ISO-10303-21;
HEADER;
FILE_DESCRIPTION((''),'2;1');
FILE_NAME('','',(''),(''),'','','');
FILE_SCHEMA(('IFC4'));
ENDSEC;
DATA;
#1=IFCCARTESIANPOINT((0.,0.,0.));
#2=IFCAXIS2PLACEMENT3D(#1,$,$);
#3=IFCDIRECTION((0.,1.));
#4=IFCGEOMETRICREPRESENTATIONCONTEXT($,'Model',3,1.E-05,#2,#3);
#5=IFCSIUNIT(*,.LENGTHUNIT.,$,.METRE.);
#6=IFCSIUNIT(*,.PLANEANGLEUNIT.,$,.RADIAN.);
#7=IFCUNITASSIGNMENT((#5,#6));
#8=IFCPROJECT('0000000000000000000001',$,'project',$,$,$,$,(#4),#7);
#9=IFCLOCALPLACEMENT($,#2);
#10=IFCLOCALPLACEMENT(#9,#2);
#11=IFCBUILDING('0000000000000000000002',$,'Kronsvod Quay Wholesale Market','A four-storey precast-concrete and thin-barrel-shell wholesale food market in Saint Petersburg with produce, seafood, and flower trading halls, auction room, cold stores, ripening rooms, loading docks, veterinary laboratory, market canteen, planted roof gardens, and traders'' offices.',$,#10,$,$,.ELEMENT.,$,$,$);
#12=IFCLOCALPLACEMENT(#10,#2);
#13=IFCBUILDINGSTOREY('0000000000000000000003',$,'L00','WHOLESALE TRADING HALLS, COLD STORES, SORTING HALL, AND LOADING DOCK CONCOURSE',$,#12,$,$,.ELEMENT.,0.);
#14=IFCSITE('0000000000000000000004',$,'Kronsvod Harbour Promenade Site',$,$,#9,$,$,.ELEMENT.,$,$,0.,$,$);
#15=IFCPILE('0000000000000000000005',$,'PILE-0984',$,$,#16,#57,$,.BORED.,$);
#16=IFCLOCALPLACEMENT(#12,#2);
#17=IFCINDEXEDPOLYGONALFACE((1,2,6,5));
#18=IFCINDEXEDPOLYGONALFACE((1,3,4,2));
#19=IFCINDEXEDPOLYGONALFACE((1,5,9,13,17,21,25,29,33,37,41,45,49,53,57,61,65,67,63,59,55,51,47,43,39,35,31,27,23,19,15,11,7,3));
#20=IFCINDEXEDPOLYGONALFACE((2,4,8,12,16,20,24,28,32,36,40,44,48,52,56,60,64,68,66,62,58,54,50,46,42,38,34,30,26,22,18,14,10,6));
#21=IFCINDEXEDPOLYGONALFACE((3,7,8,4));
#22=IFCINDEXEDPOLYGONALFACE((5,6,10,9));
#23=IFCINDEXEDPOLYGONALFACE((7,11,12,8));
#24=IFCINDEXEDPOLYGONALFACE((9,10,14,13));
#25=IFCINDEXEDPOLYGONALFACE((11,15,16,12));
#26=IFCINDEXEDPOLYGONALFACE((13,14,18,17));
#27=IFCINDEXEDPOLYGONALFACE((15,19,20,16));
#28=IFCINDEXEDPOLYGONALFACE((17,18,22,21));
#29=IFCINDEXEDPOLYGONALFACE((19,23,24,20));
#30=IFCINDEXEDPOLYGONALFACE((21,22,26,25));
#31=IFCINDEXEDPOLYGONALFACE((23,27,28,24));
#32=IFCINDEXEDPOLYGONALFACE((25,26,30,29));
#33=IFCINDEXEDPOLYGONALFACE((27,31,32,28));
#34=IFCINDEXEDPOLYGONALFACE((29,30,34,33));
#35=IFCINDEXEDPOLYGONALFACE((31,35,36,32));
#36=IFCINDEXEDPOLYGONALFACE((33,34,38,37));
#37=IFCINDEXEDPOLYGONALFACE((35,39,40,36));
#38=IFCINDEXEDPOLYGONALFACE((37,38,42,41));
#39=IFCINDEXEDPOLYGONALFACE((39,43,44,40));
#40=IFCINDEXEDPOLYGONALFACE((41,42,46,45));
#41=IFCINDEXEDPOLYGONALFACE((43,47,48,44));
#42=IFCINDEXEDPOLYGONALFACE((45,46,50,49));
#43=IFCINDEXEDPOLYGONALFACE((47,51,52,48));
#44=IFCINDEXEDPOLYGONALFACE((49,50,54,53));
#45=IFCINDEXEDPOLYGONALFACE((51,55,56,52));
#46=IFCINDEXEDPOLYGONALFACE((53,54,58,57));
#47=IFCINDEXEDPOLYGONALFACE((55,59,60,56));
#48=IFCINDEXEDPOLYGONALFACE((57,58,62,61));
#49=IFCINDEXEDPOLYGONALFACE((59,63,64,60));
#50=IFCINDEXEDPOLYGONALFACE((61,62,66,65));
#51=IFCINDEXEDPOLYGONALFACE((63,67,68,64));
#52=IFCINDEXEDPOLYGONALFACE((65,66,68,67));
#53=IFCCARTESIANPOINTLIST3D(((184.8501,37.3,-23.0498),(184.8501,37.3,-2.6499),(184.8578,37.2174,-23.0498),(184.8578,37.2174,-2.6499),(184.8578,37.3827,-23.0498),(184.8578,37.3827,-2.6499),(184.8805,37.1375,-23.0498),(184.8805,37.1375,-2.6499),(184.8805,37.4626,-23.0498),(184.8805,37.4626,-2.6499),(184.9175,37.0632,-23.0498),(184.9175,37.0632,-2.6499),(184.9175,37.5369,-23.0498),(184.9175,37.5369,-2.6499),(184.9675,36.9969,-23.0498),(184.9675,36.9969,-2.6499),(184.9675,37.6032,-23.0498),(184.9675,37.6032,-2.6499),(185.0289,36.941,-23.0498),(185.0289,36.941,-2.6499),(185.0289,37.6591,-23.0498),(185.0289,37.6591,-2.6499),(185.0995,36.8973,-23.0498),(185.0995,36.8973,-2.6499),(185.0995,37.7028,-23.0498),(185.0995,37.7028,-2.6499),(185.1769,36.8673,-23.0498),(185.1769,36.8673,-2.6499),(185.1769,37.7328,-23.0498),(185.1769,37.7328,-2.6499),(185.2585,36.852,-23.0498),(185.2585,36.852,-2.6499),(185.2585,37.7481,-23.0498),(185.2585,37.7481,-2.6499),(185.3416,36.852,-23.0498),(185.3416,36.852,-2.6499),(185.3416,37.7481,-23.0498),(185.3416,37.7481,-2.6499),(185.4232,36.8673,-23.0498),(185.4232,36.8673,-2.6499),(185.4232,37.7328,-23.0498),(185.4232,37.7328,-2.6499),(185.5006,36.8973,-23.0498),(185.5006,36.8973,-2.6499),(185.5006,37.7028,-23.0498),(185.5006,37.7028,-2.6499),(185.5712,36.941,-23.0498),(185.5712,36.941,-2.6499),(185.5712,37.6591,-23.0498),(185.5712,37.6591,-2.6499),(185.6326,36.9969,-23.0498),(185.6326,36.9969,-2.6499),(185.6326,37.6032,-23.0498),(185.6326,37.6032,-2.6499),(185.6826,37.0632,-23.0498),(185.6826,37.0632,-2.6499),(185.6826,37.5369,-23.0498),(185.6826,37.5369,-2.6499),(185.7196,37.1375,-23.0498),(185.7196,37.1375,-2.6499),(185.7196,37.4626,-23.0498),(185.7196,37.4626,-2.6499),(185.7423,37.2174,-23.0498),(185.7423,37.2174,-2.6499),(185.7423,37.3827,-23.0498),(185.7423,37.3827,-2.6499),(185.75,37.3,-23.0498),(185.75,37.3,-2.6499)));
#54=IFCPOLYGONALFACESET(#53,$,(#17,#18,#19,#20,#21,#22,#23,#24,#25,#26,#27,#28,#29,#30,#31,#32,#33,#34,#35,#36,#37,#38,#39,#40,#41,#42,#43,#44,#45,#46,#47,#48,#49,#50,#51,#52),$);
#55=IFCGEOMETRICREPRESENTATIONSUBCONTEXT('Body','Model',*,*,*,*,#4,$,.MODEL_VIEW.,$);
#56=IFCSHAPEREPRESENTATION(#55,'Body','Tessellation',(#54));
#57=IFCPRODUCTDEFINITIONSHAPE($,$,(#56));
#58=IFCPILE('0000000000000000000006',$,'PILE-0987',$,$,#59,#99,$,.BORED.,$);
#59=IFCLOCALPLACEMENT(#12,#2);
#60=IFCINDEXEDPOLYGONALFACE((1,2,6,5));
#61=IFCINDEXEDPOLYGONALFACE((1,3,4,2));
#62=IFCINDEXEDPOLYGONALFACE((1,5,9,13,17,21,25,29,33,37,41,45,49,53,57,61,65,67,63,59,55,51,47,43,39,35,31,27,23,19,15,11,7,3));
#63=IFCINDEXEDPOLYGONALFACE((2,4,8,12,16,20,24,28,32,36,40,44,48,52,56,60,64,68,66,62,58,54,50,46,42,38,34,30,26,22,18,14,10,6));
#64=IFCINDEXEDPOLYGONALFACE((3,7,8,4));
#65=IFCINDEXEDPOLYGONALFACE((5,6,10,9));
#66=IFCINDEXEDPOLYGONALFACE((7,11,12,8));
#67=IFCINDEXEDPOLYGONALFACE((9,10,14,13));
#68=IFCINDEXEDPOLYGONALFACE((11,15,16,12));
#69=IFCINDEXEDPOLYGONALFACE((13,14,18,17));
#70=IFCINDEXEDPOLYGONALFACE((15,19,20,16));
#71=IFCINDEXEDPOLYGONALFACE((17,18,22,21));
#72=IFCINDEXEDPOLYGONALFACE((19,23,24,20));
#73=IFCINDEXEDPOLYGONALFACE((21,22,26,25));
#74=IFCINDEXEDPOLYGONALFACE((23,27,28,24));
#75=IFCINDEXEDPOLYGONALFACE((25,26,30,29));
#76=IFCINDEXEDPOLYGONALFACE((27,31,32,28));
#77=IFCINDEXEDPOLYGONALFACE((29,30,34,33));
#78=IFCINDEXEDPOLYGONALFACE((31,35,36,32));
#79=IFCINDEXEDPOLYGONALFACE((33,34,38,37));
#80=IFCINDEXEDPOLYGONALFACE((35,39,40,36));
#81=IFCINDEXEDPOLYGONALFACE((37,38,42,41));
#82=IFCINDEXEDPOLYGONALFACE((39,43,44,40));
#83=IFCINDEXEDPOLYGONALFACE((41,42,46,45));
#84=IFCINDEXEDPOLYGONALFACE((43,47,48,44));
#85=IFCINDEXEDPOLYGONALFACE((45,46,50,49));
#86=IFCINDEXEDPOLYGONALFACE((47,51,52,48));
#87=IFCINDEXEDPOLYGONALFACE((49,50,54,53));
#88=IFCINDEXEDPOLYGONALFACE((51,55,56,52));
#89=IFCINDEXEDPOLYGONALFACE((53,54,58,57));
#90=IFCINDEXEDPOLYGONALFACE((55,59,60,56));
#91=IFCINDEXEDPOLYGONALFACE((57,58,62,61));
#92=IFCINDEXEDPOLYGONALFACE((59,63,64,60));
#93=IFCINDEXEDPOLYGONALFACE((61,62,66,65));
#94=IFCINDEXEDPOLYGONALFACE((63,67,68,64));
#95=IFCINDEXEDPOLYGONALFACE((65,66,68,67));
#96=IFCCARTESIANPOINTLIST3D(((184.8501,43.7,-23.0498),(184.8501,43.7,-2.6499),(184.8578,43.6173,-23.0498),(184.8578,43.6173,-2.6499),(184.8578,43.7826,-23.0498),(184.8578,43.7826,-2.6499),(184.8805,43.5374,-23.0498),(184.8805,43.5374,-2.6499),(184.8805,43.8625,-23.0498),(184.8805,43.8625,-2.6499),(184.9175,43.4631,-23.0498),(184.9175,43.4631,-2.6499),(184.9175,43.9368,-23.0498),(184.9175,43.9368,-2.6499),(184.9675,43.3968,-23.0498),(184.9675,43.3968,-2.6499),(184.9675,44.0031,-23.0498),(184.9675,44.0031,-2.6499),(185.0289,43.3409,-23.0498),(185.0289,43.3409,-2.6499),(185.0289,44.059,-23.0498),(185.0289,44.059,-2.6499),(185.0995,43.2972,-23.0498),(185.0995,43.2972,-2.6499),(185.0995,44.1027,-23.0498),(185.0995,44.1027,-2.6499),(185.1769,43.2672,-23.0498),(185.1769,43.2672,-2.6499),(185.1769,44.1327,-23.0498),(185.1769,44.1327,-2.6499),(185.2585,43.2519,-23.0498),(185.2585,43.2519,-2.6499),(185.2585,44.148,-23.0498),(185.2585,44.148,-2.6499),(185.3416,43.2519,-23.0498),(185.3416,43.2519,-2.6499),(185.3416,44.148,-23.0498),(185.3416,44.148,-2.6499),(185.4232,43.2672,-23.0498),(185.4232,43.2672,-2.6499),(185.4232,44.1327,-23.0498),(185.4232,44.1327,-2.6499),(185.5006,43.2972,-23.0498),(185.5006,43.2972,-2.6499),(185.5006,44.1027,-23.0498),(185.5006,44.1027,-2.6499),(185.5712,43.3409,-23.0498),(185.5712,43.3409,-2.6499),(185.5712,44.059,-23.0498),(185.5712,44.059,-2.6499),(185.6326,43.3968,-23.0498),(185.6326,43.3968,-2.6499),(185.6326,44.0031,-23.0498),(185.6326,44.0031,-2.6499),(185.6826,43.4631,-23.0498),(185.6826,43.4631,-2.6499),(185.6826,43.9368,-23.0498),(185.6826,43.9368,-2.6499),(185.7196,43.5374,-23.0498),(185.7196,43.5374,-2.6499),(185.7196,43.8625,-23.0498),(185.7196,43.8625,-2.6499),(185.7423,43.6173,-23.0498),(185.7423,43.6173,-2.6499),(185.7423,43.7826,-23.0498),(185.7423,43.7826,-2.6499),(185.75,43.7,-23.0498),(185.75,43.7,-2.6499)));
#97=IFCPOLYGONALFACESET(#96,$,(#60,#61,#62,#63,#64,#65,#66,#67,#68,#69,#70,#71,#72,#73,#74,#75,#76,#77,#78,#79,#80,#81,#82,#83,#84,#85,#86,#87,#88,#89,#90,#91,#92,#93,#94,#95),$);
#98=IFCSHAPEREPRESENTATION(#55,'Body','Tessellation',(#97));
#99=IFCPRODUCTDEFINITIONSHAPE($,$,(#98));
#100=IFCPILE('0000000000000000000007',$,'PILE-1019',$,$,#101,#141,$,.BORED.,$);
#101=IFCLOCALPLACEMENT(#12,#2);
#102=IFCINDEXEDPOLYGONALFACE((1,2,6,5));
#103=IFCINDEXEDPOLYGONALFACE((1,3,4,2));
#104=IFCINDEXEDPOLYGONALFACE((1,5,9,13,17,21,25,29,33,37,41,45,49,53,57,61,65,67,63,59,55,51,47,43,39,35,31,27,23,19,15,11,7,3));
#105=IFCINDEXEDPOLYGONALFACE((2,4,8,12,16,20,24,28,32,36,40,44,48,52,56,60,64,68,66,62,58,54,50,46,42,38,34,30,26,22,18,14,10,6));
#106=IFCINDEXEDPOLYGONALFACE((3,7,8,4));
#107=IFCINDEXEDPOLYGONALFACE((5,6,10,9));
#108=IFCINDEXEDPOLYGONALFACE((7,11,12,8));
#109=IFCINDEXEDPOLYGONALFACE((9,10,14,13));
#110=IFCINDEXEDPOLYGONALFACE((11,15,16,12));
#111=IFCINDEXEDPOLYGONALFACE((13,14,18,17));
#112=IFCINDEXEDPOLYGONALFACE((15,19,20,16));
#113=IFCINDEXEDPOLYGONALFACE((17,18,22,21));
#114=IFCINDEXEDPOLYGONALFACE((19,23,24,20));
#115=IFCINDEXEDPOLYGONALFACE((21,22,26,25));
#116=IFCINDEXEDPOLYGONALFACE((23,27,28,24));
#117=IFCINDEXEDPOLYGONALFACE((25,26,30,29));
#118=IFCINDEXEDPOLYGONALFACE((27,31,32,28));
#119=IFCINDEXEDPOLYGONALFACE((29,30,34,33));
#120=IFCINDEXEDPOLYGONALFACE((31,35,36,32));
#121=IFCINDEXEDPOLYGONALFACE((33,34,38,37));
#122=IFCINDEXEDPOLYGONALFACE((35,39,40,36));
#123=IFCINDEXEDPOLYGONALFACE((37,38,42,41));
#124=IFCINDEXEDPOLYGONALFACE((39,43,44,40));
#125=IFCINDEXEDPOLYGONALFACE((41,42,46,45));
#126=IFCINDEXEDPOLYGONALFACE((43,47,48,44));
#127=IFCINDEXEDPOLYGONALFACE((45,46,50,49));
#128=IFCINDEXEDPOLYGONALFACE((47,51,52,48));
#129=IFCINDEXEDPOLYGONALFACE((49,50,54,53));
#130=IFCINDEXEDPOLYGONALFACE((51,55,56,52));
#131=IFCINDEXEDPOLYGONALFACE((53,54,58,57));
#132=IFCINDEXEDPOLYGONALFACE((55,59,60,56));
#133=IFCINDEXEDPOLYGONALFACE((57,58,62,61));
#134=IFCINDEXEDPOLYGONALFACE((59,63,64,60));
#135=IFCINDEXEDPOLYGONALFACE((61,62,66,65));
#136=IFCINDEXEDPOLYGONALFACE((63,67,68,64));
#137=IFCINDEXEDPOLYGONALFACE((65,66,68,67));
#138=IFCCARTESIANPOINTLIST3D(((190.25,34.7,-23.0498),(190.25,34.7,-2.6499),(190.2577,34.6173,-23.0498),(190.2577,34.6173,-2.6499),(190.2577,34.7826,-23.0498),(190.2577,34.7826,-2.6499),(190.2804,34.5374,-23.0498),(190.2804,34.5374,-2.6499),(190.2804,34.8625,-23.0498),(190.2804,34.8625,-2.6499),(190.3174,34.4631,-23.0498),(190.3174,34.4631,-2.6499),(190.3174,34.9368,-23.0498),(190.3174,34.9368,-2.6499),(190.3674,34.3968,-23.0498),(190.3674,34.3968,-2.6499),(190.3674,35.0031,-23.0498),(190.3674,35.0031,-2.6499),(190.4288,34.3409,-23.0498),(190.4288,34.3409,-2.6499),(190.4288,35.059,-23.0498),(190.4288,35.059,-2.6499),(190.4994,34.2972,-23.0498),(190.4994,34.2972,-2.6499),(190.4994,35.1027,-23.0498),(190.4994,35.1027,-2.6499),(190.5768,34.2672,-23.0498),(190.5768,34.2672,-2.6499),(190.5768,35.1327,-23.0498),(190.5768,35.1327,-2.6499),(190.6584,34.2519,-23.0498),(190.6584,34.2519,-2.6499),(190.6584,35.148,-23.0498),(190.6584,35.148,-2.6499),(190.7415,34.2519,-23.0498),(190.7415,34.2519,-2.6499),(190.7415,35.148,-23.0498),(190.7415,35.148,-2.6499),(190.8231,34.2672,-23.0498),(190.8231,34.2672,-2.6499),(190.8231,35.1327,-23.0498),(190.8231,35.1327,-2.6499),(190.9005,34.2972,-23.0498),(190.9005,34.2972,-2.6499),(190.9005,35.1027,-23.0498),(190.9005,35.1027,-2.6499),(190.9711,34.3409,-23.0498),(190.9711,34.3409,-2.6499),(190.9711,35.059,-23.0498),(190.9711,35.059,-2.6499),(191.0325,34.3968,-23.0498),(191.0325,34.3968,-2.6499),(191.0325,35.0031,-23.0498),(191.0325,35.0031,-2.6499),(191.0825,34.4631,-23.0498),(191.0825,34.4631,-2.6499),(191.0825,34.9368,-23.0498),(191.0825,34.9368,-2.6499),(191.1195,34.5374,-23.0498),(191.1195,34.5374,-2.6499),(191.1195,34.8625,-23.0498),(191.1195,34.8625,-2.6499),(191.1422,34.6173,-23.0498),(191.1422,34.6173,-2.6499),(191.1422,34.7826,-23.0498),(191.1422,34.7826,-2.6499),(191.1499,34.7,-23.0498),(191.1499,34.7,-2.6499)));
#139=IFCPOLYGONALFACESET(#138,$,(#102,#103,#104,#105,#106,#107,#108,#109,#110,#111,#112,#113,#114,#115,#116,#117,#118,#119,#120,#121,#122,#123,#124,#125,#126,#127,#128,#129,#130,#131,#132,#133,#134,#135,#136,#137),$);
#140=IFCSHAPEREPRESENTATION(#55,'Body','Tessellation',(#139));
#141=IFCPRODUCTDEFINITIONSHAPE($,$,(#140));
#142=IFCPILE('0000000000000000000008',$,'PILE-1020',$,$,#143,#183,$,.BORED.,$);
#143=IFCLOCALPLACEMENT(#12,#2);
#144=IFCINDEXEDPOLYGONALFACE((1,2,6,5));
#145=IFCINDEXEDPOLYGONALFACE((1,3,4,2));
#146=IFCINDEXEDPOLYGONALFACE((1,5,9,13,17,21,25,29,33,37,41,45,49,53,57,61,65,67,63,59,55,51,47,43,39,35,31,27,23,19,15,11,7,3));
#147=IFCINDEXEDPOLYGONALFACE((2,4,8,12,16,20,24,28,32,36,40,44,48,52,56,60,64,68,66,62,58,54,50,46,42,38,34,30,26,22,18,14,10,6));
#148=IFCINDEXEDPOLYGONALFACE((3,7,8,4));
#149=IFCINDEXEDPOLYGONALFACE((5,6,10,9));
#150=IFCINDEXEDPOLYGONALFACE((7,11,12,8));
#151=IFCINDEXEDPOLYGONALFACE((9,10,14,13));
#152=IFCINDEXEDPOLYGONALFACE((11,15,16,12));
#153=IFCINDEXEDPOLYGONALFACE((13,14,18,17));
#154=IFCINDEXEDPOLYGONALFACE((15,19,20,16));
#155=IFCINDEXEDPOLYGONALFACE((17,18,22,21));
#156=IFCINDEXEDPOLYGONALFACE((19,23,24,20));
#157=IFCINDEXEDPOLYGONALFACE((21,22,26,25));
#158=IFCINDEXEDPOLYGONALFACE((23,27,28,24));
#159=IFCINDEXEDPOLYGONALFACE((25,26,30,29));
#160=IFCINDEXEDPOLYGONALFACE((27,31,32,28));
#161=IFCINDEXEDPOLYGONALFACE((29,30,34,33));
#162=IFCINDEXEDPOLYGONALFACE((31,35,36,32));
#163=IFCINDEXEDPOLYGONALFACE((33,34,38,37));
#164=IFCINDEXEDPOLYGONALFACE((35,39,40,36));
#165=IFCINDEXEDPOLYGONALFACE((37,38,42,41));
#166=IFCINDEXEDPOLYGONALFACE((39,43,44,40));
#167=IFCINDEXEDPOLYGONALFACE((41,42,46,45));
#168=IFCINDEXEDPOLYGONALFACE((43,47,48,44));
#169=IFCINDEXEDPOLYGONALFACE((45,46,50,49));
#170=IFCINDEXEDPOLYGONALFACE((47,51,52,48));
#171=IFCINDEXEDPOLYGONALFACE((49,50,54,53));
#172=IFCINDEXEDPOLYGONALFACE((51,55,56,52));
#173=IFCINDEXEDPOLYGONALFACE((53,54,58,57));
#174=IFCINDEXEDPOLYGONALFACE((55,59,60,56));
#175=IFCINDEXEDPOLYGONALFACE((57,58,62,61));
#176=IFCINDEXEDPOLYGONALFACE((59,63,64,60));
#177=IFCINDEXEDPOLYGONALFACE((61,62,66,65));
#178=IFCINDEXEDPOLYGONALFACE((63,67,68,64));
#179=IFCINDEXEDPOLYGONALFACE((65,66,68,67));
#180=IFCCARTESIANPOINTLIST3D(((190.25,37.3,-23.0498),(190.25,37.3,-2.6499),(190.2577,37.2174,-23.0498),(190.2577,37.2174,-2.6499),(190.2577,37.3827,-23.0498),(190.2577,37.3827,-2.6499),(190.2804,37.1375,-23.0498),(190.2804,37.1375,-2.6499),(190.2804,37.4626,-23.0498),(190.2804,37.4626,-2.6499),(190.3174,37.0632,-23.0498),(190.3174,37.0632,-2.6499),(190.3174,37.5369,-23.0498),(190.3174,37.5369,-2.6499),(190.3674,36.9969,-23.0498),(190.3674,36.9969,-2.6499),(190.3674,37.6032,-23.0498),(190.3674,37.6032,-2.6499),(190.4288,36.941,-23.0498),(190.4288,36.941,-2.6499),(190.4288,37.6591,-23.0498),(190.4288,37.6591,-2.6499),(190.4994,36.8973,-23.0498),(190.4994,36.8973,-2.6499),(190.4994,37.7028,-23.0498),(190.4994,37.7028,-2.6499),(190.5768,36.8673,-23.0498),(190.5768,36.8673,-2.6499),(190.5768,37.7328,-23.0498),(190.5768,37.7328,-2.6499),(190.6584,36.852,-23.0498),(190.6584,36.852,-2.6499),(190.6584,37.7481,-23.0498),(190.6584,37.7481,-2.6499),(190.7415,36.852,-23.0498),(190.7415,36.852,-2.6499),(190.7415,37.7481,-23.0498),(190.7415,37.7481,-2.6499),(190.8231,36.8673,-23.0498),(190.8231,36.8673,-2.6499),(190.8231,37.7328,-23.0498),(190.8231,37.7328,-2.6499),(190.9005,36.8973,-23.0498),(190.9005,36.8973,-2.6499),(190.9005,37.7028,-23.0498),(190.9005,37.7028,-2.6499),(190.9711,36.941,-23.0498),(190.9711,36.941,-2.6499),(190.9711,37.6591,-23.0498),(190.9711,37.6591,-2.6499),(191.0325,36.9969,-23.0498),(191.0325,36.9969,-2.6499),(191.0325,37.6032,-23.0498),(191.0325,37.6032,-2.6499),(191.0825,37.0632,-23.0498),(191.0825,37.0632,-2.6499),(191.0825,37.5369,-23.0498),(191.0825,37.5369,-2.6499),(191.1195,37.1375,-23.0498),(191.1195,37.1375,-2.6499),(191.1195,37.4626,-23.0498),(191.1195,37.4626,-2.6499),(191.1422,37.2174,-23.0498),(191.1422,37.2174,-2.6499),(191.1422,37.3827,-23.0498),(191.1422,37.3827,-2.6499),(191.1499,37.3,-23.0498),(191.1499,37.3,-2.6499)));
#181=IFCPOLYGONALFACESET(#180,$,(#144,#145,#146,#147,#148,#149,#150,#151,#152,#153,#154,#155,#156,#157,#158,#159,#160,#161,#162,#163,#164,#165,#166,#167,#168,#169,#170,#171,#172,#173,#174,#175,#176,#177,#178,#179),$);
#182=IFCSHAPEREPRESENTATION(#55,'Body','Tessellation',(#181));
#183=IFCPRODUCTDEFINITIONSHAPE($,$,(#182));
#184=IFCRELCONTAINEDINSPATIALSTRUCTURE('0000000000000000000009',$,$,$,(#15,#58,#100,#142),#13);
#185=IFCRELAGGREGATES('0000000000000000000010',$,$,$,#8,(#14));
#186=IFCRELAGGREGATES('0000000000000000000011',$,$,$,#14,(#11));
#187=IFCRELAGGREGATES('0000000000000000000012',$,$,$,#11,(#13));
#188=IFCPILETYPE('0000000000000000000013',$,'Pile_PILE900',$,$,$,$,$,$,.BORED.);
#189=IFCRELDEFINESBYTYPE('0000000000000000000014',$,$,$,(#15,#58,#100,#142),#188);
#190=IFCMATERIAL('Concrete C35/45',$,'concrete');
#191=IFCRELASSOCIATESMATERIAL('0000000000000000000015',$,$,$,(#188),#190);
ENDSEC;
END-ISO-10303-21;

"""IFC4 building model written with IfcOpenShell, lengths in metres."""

from ifc_helpers import new_model, si_unit, direction, frame, origin, origin_2d, place, context, subcontext, project, spatial, circle, extrude, material, material_profile, profile_set, type_object, element, save


model = new_model("IFC4")

# Units and contexts
model_context = context("Model", 3, precision=1e-05, world=origin(), true_north=direction((0.0, 1.0)))
body_context = subcontext(model_context, "Body", "Model", "MODEL_VIEW")
ifc_project = project(units=[si_unit("LENGTHUNIT", "METRE"), si_unit("PLANEANGLEUNIT", "RADIAN")], contexts=[model_context])

# Site, building, storey
site_placement = place(None, origin())
site = spatial("IfcSite", under=ifc_project, at=site_placement, Name="Kronsvod Harbour Promenade Site", CompositionType="ELEMENT", RefElevation=0.0)
building_placement = place(site_placement, origin())
building = spatial("IfcBuilding", under=site, at=building_placement, Name="Kronsvod Quay Wholesale Market", Description="A four-storey precast-concrete and thin-barrel-shell wholesale food market in Saint Petersburg with produce, seafood, and flower trading halls, auction room, cold stores, ripening rooms, loading docks, veterinary laboratory, market canteen, planted roof gardens, and traders' offices.", CompositionType="ELEMENT")
storey_placement = place(building_placement, origin())
storey = spatial("IfcBuildingStorey", under=building, at=storey_placement, Name="L00", Description="WHOLESALE TRADING HALLS, COLD STORES, SORTING HALL, AND LOADING DOCK CONCOURSE", CompositionType="ELEMENT", Elevation=0.0)

# Piles
ifc_material_1 = material(Name="Concrete C35/45", Category="concrete")
ifc_material_profile_1 = material_profile(ifc_material_1, circle(Radius=0.45, at=origin_2d()), Name="PILE900")
ifc_profile_set_1 = profile_set([ifc_material_profile_1], Name="Concrete C35/45")
pile_type = type_object("IfcPileType", Name="Pile_PILE900", PredefinedType="BORED", material=ifc_profile_set_1)
for number, where, z_axis, x_axis, name in (
    (1, (185.3, 37.3, -2.6499), (0.0, 0.0, -1.0), (1.0, 0.0, 0.0), "PILE-0984"),
    (2, (185.3, 43.7, -2.6499), (0.0, 0.0, -1.0), (1.0, 0.0, 0.0), "PILE-0987"),
    (3, (190.7, 34.7, -2.6499), (0.0, 0.0, -1.0), (1.0, 0.0, 0.0), "PILE-1019"),
    (4, (190.7, 37.3, -2.6499), (0.0, 0.0, -1.0), (1.0, 0.0, 0.0), "PILE-1020"),
):
    element("IfcPile", number, at=place(storey_placement, frame(where, z_axis=z_axis, x_axis=x_axis)), inside=storey, type_object=pile_type, Name=name, PredefinedType="BORED", context=body_context, shape_type="SweptSolid", body=[
        extrude(circle(Radius=0.45, at=origin_2d()), origin(), (0.0, 0.0, 1.0), 20.3999),
    ])

save(model, "model.ifc")
